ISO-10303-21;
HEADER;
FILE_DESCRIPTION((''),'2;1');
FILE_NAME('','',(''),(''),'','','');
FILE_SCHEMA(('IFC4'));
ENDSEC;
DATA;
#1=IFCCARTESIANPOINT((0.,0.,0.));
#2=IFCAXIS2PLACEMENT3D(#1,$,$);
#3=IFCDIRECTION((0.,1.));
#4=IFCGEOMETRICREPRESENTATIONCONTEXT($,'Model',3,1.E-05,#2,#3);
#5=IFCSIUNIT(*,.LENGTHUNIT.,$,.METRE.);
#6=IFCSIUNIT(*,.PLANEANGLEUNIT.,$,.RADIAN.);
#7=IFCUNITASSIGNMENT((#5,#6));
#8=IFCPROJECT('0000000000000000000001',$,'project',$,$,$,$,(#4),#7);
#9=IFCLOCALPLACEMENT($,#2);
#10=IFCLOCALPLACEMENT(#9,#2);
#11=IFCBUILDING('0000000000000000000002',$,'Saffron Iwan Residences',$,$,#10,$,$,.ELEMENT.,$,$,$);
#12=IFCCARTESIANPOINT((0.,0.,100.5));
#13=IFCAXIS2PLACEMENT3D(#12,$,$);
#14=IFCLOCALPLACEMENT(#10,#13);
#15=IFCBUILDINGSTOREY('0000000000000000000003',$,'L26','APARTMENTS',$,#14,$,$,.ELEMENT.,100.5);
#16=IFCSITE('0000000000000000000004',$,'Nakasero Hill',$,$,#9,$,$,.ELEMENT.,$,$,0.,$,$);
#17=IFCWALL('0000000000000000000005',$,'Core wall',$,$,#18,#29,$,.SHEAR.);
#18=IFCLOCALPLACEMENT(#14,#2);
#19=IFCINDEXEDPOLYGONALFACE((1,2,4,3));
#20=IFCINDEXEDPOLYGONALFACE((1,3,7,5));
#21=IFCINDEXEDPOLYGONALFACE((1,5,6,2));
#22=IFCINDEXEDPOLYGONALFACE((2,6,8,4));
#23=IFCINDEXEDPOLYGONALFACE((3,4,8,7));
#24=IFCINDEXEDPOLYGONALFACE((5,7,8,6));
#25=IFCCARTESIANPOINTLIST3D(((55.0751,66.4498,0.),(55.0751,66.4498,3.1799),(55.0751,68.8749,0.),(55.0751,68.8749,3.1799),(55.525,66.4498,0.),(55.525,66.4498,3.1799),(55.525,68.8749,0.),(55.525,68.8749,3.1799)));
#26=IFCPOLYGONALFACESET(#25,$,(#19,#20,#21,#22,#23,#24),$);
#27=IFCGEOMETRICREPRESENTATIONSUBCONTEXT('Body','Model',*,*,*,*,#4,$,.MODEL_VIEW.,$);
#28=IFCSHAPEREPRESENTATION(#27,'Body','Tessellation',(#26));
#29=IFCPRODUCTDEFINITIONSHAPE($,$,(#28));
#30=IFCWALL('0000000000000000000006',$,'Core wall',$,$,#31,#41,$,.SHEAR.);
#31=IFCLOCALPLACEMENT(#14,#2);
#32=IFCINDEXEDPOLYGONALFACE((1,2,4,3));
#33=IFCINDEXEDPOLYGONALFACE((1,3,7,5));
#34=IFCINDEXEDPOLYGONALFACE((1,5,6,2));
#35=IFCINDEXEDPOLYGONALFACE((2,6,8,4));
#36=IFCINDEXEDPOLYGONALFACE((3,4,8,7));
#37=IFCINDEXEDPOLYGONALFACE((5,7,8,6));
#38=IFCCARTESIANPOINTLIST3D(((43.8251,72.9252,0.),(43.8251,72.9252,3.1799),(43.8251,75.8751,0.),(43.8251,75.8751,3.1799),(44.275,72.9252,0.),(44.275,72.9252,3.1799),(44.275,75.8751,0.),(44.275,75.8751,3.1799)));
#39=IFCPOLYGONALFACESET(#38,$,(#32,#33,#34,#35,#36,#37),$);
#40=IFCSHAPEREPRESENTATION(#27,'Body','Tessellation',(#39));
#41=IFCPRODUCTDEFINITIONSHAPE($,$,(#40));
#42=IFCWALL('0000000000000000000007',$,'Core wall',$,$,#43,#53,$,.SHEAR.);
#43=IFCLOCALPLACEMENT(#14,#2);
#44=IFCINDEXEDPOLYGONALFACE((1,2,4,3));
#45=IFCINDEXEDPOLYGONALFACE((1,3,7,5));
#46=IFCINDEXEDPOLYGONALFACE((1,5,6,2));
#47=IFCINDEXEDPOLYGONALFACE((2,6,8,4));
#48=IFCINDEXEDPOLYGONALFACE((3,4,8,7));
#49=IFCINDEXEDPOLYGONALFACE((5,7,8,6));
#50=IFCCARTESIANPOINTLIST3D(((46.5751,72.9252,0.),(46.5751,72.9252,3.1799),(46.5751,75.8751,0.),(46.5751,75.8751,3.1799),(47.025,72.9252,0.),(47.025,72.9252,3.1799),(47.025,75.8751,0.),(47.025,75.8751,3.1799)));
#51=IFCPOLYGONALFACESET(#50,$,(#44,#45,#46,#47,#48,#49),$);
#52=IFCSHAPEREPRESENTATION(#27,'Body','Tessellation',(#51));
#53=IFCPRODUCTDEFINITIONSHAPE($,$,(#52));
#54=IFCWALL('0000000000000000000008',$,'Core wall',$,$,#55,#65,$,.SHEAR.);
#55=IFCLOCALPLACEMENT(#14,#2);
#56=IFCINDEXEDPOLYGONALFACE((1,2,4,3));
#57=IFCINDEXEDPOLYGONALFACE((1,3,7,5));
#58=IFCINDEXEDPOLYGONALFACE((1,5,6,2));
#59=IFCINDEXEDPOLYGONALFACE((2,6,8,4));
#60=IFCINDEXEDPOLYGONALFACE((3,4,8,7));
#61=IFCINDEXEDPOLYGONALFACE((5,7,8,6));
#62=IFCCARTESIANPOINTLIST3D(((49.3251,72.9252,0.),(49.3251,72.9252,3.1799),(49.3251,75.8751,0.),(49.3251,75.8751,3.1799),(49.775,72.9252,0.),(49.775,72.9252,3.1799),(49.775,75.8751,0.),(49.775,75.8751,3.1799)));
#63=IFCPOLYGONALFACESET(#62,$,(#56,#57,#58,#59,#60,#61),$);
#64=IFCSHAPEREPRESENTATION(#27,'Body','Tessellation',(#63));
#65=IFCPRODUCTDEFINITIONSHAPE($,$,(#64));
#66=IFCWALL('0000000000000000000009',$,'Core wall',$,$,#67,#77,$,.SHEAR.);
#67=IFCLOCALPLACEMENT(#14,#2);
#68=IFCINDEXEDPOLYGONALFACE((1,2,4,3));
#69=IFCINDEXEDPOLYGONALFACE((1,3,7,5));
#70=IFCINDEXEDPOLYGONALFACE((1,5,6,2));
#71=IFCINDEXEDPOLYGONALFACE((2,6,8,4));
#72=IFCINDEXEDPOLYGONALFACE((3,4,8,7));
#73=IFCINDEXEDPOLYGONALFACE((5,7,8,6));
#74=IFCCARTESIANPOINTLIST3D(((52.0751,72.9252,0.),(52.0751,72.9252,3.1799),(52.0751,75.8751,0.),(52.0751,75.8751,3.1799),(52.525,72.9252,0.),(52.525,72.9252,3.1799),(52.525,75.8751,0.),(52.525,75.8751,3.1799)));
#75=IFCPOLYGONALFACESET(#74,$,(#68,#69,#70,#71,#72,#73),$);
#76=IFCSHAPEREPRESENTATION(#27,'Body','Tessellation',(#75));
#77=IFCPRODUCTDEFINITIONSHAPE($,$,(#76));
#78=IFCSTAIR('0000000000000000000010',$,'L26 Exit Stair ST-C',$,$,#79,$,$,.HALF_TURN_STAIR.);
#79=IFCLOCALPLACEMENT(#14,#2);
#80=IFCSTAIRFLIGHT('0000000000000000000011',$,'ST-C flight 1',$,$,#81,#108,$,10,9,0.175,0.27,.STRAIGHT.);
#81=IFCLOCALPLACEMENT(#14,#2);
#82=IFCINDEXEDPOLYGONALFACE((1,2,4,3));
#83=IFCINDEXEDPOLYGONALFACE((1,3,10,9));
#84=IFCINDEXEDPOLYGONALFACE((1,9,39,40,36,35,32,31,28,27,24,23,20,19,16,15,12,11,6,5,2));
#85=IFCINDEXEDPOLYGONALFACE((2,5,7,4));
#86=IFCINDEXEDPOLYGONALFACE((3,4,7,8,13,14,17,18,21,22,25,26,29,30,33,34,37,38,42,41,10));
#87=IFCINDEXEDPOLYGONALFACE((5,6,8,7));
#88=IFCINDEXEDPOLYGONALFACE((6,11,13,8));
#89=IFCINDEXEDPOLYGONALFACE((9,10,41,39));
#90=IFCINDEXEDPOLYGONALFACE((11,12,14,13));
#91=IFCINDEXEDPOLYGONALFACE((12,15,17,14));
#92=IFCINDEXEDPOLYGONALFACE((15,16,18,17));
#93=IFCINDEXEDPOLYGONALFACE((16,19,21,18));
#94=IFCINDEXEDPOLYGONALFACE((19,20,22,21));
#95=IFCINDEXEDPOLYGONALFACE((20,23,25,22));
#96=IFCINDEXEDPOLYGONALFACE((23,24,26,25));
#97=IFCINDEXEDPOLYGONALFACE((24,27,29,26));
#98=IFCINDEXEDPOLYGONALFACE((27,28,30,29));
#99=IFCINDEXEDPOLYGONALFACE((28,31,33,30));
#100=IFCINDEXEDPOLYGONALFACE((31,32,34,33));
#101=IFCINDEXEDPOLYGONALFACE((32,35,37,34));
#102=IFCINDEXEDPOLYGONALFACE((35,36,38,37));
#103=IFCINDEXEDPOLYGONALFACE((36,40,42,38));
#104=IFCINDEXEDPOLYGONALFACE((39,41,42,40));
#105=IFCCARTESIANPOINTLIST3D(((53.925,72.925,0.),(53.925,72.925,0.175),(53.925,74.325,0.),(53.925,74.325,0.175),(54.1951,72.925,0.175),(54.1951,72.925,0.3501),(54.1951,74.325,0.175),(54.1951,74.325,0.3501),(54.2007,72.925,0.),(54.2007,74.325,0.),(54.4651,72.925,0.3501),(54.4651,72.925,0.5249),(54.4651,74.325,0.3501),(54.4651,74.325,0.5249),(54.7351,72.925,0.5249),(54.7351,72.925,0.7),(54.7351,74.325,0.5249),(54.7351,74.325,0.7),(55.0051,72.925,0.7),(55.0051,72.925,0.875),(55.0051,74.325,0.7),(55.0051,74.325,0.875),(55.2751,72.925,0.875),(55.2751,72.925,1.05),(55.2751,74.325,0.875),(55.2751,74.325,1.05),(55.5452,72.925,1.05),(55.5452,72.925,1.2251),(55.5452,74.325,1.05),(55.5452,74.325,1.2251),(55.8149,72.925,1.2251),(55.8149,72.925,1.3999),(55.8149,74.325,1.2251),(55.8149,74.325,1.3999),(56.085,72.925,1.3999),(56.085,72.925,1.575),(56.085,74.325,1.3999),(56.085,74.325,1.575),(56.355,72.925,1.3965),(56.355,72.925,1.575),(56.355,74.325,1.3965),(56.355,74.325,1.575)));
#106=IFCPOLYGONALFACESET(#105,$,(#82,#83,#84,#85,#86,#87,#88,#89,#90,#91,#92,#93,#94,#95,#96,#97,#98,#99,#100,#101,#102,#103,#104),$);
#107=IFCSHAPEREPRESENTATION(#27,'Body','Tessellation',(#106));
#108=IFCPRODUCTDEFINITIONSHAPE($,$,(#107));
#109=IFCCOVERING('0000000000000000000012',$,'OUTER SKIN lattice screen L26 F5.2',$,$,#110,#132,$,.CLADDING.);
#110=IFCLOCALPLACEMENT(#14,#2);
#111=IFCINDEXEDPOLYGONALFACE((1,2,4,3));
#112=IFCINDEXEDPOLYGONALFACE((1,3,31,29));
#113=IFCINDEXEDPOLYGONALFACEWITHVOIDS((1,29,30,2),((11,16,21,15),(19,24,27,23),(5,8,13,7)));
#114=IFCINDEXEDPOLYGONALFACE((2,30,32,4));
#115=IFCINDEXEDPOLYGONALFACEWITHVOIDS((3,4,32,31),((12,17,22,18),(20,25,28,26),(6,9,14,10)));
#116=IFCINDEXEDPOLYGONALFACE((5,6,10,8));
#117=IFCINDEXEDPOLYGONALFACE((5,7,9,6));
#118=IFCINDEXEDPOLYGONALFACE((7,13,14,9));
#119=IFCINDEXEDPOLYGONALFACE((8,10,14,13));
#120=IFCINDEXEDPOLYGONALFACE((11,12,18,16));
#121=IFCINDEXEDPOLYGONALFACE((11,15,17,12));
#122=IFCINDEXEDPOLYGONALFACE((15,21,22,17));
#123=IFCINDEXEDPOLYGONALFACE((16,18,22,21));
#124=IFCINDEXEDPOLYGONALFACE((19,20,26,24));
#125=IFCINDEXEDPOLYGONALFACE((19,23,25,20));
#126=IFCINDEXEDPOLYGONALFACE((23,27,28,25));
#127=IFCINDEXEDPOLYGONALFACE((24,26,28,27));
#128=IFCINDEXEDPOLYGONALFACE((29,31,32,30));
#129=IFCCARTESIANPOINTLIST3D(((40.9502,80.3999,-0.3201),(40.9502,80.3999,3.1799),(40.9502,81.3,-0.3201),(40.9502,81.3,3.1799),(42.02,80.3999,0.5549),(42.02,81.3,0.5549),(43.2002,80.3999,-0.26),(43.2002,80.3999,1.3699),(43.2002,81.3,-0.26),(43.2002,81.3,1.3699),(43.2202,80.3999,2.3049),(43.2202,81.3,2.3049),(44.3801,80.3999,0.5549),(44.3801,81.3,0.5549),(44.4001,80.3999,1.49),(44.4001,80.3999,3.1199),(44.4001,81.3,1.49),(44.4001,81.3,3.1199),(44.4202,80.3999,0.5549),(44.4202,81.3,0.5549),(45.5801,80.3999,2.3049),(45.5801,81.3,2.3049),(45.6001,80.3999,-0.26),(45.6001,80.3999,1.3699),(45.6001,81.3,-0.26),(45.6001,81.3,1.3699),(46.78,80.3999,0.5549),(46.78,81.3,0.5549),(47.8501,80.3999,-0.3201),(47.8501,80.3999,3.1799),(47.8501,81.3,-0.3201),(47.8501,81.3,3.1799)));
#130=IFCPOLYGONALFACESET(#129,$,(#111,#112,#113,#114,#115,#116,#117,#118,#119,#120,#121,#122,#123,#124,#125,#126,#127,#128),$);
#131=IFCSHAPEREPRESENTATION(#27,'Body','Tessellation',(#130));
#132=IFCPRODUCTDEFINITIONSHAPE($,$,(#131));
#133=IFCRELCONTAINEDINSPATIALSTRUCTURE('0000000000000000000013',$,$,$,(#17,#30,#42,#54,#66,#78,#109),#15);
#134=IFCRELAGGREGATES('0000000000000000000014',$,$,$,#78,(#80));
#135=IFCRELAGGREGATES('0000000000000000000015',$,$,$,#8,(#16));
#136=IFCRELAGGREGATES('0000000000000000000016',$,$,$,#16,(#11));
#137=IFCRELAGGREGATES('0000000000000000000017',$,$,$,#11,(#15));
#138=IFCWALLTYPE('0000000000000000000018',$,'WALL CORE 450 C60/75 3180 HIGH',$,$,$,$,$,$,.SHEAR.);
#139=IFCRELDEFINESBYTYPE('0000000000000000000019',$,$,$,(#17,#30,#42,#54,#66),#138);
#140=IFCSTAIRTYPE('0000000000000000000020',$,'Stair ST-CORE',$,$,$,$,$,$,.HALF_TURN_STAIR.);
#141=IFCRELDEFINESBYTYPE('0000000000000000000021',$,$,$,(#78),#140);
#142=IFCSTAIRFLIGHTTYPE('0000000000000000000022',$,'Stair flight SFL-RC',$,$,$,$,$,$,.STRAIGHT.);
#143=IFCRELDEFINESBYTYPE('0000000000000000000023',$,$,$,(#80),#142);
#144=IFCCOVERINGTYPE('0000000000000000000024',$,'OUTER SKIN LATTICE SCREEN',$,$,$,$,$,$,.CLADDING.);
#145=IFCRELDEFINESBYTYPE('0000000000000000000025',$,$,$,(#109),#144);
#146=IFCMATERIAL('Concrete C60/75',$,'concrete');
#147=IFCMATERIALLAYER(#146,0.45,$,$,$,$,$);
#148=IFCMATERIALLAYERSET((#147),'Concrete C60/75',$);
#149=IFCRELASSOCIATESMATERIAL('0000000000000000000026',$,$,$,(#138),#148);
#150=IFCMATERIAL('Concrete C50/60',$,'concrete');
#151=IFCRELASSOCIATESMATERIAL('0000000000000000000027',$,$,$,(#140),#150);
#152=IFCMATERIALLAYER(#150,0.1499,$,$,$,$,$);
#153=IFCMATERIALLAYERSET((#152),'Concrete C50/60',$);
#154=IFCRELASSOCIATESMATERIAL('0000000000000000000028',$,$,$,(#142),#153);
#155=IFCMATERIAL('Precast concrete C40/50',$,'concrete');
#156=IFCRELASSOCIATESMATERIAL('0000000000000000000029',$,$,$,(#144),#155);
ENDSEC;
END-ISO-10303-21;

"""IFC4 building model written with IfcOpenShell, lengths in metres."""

from ifc_helpers import new_model, si_unit, direction, frame, frame_2d, origin, place, context, subcontext, project, spatial, polyline, rectangle, outline, extrude, material, layer, layer_set, type_object, element, aggregate, save


model = new_model("IFC4")

# Units and contexts
model_context = context("Model", 3, precision=1e-05, world=origin(), true_north=direction((0.0, 1.0)))
body_context = subcontext(model_context, "Body", "Model", "MODEL_VIEW")
ifc_project = project(units=[si_unit("LENGTHUNIT", "METRE"), si_unit("PLANEANGLEUNIT", "RADIAN")], contexts=[model_context])

# Site, building, storey
site_placement = place(None, origin())
site = spatial("IfcSite", under=ifc_project, at=site_placement, Name="Nakasero Hill", CompositionType="ELEMENT", RefElevation=0.0)
building_placement = place(site_placement, origin())
building = spatial("IfcBuilding", under=site, at=building_placement, Name="Saffron Iwan Residences", CompositionType="ELEMENT")
storey_placement = place(building_placement, frame((0.0, 0.0, 100.5)))
storey = spatial("IfcBuildingStorey", under=building, at=storey_placement, Name="L26", Description="APARTMENTS", CompositionType="ELEMENT", Elevation=100.5)

# Shared definitions
ifc_material_1 = material(Name="Concrete C60/75", Category="concrete")

# Walls
ifc_layer_1 = layer(ifc_material_1, 0.45)
ifc_layer_set_1 = layer_set([ifc_layer_1], Name="Concrete C60/75")
wall_type_1 = type_object("IfcWallType", Name="WALL CORE 450 C60/75 3180 HIGH", PredefinedType="SHEAR", material=ifc_layer_set_1)
for number, where, z_axis, x_axis, name in (
    (1, (55.3, 66.45, 0.0), (0.0, 0.0, 1.0), (0.0, 1.0, 0.0), "Core wall"),
):
    element("IfcWall", number, at=place(storey_placement, frame(where, z_axis=z_axis, x_axis=x_axis)), inside=storey, type_object=wall_type_1, Name=name, PredefinedType="SHEAR", context=body_context, shape_type="SweptSolid", body=[
        extrude(rectangle(XDim=2.425, YDim=0.45, at=frame_2d((1.2124, 0.0))), origin(), (0.0, 0.0, 1.0), 3.1799),
    ])
for number, where, z_axis, x_axis, name in (
    (2, (44.05, 72.925, 0.0), (0.0, 0.0, 1.0), (0.0, 1.0, 0.0), "Core wall"),
    (3, (46.8, 72.925, 0.0), (0.0, 0.0, 1.0), (0.0, 1.0, 0.0), "Core wall"),
    (4, (49.55, 72.925, 0.0), (0.0, 0.0, 1.0), (0.0, 1.0, 0.0), "Core wall"),
    (5, (52.3, 72.925, 0.0), (0.0, 0.0, 1.0), (0.0, 1.0, 0.0), "Core wall"),
):
    element("IfcWall", number, at=place(storey_placement, frame(where, z_axis=z_axis, x_axis=x_axis)), inside=storey, type_object=wall_type_1, Name=name, PredefinedType="SHEAR", context=body_context, shape_type="SweptSolid", body=[
        extrude(rectangle(XDim=2.95, YDim=0.45, at=frame_2d((1.4751, 0.0))), origin(), (0.0, 0.0, 1.0), 3.1799),
    ])

# Stair, stair flight
ifc_material_2 = material(Name="Concrete C50/60", Category="concrete")
stair_type = type_object("IfcStairType", Name="Stair ST-CORE", PredefinedType="HALF_TURN_STAIR", material=ifc_material_2)
stair_placement = place(storey_placement, origin())
stair = element("IfcStair", 6, at=stair_placement, inside=storey, type_object=stair_type, Name="L26 Exit Stair ST-C", PredefinedType="HALF_TURN_STAIR")
ifc_layer_2 = layer(ifc_material_2, 0.1499)
ifc_layer_set_2 = layer_set([ifc_layer_2], Name="Concrete C50/60")
stair_flight_type = type_object("IfcStairFlightType", Name="Stair flight SFL-RC", PredefinedType="STRAIGHT", material=ifc_layer_set_2)
stair_flight_placement = place(storey_placement, frame((53.925, 73.625, 0.0), z_axis=(0.0, 0.0, 1.0), x_axis=(1.0, 0.0, 0.0)))
stair_flight = element("IfcStairFlight", 7, at=stair_flight_placement, type_object=stair_flight_type, Name="ST-C flight 1", NumberOfRisers=10, NumberOfTreads=9, PredefinedType="STRAIGHT", RiserHeight=0.175, TreadLength=0.27, context=body_context, shape_type="SweptSolid", body=[
    extrude(outline(polyline([(0.0, 0.0), (0.0, 0.175), (0.27, 0.175), (0.27, 0.3501), (0.54, 0.3501), (0.54, 0.5249), (0.8101, 0.5249), (0.8101, 0.7), (1.0801, 0.7), (1.0801, 0.875), (1.3501, 0.875), (1.3501, 1.05), (1.6201, 1.05), (1.6201, 1.2251), (1.8899, 1.2251), (1.8899, 1.3999), (2.1599, 1.3999), (2.1599, 1.575), (2.4299, 1.575), (2.4299, 1.75), (2.4299, 1.3965), (0.2756, 0.0), (0.0, 0.0)])), frame((0.0, 0.7, 0.0), z_axis=(0.0, -1.0, 0.0), x_axis=(1.0, 0.0, 0.0)), (0.0, 0.0, 1.0), 1.3999),
])
aggregate(stair, [stair_flight])

# Covering
ifc_material_3 = material(Name="Precast concrete C40/50", Category="concrete")
covering_type_1 = type_object("IfcCoveringType", Name="OUTER SKIN LATTICE SCREEN", PredefinedType="CLADDING", material=ifc_material_3)
covering_placement = place(storey_placement, frame((47.8501, 80.3999, -0.3201), z_axis=(0.0, 1.0, 0.0), x_axis=(-1.0, 0.0, 0.0)))
element("IfcCovering", 8, at=covering_placement, inside=storey, type_object=covering_type_1, Name="OUTER SKIN lattice screen L26 F5.2", PredefinedType="CLADDING", context=body_context, shape_type="SweptSolid", body=[
    extrude(outline(polyline([(0.0, 0.0), (6.8999, 0.0), (6.8999, 3.5), (0.0, 3.5), (0.0, 0.0)]), holes=[polyline([(1.0701, 0.875), (2.25, 0.0601), (3.4299, 0.875), (2.25, 1.6899), (1.0701, 0.875)]), polyline([(3.47, 0.875), (4.6499, 0.0601), (5.8301, 0.875), (4.6499, 1.6899), (3.47, 0.875)]), polyline([(2.27, 2.625), (3.45, 1.8101), (4.6299, 2.625), (3.45, 3.4399), (2.27, 2.625)])]), origin(), (0.0, 0.0, 1.0), 0.9001),
])

save(model, "model.ifc")
